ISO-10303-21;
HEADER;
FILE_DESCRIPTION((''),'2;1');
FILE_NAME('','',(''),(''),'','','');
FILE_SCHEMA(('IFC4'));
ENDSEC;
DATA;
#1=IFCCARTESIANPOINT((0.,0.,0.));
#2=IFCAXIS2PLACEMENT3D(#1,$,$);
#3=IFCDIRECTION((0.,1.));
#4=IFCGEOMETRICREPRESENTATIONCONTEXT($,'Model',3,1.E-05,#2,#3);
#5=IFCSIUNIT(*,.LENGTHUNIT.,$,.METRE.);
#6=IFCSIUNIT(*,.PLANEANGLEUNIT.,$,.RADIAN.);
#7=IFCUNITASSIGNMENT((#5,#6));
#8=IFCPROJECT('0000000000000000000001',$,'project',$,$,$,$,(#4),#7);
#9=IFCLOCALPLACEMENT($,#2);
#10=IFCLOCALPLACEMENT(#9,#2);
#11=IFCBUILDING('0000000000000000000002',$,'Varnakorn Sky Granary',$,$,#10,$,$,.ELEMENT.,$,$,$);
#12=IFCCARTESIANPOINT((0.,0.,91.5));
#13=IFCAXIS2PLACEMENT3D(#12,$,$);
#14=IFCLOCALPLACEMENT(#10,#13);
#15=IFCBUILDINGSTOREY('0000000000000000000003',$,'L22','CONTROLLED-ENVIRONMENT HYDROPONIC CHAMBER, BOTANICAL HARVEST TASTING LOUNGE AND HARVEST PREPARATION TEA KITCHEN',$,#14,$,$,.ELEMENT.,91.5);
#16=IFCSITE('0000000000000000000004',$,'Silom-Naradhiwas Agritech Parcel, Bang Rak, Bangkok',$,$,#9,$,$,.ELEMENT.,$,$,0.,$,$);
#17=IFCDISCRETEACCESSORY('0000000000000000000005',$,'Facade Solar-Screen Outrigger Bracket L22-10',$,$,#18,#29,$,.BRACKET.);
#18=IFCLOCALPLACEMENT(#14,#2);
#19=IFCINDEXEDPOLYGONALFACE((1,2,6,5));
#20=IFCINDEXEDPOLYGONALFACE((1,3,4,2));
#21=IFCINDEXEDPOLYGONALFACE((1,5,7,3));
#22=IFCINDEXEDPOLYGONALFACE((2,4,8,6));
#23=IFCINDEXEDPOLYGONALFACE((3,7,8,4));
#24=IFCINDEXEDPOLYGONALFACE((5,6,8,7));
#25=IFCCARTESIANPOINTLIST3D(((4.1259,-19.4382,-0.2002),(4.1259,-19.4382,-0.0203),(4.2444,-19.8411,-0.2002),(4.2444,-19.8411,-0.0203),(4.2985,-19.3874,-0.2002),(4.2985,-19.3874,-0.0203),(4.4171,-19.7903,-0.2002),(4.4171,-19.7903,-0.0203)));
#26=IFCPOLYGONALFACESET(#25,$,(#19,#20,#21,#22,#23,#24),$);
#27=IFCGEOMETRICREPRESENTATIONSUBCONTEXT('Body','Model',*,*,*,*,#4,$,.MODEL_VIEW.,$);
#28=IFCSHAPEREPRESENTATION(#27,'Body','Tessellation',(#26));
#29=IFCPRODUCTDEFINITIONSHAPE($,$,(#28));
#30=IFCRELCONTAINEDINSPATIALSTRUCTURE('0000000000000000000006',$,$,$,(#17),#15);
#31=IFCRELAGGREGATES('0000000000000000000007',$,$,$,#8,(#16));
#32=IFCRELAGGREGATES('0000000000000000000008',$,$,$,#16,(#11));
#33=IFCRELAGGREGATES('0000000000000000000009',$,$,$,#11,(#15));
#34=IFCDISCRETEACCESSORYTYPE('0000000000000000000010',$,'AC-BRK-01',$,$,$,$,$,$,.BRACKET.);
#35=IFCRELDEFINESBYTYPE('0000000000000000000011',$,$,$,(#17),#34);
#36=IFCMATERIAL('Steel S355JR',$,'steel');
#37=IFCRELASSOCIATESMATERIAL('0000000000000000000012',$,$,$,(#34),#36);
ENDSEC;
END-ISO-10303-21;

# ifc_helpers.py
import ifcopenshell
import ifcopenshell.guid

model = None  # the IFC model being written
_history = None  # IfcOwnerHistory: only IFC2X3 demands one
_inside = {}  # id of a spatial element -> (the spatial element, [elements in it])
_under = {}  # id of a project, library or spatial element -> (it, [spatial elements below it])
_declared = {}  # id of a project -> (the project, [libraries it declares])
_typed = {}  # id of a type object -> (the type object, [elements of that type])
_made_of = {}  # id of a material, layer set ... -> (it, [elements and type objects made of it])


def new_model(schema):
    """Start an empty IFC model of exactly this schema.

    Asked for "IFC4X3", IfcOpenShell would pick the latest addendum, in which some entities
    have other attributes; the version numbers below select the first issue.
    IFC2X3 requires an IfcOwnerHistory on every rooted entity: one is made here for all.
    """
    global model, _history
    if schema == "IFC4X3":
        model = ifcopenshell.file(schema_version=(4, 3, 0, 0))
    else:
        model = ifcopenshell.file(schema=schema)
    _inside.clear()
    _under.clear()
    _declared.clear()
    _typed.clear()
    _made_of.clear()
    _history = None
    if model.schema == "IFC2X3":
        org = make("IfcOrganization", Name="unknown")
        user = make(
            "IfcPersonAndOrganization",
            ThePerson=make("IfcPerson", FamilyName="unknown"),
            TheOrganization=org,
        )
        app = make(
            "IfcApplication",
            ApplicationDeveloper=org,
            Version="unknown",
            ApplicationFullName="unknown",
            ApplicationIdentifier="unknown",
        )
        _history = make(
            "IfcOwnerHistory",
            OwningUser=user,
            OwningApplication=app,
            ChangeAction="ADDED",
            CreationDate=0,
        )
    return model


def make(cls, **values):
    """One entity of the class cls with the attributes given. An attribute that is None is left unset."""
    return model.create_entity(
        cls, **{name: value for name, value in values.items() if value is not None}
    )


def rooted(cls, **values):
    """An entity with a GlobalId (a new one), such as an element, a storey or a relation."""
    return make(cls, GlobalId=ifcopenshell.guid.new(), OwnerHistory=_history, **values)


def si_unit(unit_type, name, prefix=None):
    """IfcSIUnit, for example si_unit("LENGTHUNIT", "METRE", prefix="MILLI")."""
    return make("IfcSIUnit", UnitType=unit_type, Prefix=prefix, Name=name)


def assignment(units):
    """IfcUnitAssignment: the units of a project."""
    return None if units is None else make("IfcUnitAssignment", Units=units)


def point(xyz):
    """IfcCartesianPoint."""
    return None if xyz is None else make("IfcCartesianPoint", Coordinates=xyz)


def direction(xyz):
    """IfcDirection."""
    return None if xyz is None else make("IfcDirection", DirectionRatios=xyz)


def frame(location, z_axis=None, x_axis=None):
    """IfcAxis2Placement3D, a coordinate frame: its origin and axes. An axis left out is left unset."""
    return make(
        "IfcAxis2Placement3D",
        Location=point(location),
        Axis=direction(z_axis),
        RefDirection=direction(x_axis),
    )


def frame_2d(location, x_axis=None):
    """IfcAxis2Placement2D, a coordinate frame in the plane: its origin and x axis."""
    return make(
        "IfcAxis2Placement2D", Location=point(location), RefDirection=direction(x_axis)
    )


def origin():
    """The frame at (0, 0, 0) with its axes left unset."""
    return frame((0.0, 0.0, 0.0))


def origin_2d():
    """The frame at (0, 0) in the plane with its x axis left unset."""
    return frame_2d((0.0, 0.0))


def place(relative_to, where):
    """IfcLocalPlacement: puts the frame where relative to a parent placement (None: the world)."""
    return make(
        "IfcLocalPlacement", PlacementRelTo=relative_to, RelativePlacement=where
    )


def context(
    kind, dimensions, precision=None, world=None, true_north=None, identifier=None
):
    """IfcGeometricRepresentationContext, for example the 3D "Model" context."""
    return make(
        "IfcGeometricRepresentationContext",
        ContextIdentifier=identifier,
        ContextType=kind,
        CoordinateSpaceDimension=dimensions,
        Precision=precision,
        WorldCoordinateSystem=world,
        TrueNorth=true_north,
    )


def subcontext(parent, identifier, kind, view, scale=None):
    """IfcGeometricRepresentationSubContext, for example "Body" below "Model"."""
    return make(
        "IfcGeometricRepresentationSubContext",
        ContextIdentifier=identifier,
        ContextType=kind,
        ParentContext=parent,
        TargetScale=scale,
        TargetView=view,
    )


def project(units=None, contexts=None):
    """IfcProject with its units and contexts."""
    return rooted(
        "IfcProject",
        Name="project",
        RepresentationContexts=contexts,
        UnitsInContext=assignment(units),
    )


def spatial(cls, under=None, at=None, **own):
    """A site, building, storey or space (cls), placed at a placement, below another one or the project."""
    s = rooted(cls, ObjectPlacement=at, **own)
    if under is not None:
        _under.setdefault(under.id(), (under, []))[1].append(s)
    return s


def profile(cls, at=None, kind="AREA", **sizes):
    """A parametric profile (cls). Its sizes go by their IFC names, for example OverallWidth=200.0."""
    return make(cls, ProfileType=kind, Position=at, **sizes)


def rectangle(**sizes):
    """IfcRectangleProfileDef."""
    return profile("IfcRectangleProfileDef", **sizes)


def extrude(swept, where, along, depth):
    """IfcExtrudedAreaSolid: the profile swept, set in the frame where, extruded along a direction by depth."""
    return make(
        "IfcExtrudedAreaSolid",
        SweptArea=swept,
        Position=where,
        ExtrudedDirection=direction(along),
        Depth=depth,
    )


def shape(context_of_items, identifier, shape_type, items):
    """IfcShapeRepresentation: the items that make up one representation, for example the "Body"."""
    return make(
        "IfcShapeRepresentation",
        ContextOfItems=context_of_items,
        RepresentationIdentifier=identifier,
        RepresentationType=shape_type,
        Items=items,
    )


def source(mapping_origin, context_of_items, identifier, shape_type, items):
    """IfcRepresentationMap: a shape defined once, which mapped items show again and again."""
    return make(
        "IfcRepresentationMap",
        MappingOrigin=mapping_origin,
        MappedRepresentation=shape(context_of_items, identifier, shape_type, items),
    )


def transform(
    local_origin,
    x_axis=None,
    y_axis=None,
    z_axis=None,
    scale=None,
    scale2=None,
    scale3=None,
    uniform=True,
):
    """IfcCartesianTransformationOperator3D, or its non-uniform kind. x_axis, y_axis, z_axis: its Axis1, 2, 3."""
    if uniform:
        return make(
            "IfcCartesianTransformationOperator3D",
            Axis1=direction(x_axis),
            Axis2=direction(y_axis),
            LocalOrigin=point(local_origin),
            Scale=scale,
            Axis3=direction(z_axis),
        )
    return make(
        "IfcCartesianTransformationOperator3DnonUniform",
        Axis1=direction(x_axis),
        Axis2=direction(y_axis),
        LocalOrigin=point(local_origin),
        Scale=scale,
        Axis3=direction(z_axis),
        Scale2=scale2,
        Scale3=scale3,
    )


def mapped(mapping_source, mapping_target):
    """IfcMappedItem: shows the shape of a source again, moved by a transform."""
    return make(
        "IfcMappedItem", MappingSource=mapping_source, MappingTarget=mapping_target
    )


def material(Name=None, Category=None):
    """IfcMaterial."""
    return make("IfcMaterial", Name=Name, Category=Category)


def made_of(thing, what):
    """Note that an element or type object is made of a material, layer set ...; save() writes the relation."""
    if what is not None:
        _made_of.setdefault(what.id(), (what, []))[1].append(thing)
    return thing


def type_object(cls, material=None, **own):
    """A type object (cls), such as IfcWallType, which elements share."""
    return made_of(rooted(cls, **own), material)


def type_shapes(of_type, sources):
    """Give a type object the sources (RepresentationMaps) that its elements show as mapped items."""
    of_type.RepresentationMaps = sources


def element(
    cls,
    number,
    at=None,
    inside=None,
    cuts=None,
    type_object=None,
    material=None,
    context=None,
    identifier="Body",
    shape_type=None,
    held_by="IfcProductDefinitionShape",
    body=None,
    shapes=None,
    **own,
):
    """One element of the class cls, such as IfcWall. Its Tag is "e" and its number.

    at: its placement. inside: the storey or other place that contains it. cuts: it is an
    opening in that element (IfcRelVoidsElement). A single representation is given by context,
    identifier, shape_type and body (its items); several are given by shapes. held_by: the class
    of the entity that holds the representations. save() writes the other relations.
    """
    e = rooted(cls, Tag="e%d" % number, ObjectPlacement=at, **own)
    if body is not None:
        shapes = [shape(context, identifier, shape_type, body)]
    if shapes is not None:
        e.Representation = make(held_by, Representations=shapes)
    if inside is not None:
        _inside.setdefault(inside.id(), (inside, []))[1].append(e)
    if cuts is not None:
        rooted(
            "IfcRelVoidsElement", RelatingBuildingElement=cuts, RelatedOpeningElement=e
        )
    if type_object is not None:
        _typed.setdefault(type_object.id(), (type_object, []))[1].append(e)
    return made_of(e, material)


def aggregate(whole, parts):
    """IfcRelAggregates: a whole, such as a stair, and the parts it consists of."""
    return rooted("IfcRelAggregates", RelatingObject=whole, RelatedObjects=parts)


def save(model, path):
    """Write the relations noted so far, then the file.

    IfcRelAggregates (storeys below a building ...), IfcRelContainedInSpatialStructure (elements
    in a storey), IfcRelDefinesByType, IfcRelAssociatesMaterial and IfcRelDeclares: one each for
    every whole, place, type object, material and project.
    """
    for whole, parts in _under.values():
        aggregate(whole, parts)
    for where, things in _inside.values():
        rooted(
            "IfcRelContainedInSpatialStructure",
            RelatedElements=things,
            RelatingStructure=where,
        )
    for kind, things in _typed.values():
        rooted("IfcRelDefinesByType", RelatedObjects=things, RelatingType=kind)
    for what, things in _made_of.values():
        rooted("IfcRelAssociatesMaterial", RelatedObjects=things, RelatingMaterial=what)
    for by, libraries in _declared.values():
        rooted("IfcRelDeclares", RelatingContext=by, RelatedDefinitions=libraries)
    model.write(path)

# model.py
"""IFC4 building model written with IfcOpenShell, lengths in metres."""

from ifc_helpers import new_model, si_unit, direction, frame, origin, origin_2d, place, context, subcontext, project, spatial, rectangle, extrude, source, transform, mapped, material, type_object, type_shapes, element, save


model = new_model("IFC4")

# Units and contexts
model_context = context("Model", 3, precision=1e-05, world=origin(), true_north=direction((0.0, 1.0)))
body_context = subcontext(model_context, "Body", "Model", "MODEL_VIEW")
ifc_project = project(units=[si_unit("LENGTHUNIT", "METRE"), si_unit("PLANEANGLEUNIT", "RADIAN")], contexts=[model_context])

# Site, building, storey
site_placement = place(None, origin())
site = spatial("IfcSite", under=ifc_project, at=site_placement, Name="Silom-Naradhiwas Agritech Parcel, Bang Rak, Bangkok", CompositionType="ELEMENT", RefElevation=0.0)
building_placement = place(site_placement, origin())
building = spatial("IfcBuilding", under=site, at=building_placement, Name="Varnakorn Sky Granary", CompositionType="ELEMENT")
storey_placement = place(building_placement, frame((0.0, 0.0, 91.5)))
storey = spatial("IfcBuildingStorey", under=building, at=storey_placement, Name="L22", Description="CONTROLLED-ENVIRONMENT HYDROPONIC CHAMBER, BOTANICAL HARVEST TASTING LOUNGE AND HARVEST PREPARATION TEA KITCHEN", CompositionType="ELEMENT", Elevation=91.5)

# Discrete accessory
ifc_material_1 = material(Name="Steel S355JR", Category="steel")
discrete_accessory_type = type_object("IfcDiscreteAccessoryType", Name="AC-BRK-01", PredefinedType="BRACKET", material=ifc_material_1)
shared_shape_1 = source(origin(), body_context, "Body", "SweptSolid", [
    extrude(rectangle(XDim=0.1799, YDim=0.4199, at=origin_2d()), origin(), (0.0, 0.0, 1.0), 0.1799),
])
type_shapes(discrete_accessory_type, [shared_shape_1])
discrete_accessory_placement = place(storey_placement, frame((4.2715, -19.6143, -0.2002), z_axis=(0.0, 0.0, 1.0), x_axis=(0.959333, 0.282278, 0.0)))
element("IfcDiscreteAccessory", 1, at=discrete_accessory_placement, inside=storey, type_object=discrete_accessory_type, Name="Facade Solar-Screen Outrigger Bracket L22-10", PredefinedType="BRACKET", context=body_context, shape_type="MappedRepresentation", body=[
    mapped(shared_shape_1, transform((0.0, 0.0, 0.0), x_axis=(1.0, 0.0, 0.0), y_axis=(0.0, 1.0, 0.0), z_axis=(0.0, 0.0, 1.0), scale=1.0)),
])

save(model, "model.ifc")
